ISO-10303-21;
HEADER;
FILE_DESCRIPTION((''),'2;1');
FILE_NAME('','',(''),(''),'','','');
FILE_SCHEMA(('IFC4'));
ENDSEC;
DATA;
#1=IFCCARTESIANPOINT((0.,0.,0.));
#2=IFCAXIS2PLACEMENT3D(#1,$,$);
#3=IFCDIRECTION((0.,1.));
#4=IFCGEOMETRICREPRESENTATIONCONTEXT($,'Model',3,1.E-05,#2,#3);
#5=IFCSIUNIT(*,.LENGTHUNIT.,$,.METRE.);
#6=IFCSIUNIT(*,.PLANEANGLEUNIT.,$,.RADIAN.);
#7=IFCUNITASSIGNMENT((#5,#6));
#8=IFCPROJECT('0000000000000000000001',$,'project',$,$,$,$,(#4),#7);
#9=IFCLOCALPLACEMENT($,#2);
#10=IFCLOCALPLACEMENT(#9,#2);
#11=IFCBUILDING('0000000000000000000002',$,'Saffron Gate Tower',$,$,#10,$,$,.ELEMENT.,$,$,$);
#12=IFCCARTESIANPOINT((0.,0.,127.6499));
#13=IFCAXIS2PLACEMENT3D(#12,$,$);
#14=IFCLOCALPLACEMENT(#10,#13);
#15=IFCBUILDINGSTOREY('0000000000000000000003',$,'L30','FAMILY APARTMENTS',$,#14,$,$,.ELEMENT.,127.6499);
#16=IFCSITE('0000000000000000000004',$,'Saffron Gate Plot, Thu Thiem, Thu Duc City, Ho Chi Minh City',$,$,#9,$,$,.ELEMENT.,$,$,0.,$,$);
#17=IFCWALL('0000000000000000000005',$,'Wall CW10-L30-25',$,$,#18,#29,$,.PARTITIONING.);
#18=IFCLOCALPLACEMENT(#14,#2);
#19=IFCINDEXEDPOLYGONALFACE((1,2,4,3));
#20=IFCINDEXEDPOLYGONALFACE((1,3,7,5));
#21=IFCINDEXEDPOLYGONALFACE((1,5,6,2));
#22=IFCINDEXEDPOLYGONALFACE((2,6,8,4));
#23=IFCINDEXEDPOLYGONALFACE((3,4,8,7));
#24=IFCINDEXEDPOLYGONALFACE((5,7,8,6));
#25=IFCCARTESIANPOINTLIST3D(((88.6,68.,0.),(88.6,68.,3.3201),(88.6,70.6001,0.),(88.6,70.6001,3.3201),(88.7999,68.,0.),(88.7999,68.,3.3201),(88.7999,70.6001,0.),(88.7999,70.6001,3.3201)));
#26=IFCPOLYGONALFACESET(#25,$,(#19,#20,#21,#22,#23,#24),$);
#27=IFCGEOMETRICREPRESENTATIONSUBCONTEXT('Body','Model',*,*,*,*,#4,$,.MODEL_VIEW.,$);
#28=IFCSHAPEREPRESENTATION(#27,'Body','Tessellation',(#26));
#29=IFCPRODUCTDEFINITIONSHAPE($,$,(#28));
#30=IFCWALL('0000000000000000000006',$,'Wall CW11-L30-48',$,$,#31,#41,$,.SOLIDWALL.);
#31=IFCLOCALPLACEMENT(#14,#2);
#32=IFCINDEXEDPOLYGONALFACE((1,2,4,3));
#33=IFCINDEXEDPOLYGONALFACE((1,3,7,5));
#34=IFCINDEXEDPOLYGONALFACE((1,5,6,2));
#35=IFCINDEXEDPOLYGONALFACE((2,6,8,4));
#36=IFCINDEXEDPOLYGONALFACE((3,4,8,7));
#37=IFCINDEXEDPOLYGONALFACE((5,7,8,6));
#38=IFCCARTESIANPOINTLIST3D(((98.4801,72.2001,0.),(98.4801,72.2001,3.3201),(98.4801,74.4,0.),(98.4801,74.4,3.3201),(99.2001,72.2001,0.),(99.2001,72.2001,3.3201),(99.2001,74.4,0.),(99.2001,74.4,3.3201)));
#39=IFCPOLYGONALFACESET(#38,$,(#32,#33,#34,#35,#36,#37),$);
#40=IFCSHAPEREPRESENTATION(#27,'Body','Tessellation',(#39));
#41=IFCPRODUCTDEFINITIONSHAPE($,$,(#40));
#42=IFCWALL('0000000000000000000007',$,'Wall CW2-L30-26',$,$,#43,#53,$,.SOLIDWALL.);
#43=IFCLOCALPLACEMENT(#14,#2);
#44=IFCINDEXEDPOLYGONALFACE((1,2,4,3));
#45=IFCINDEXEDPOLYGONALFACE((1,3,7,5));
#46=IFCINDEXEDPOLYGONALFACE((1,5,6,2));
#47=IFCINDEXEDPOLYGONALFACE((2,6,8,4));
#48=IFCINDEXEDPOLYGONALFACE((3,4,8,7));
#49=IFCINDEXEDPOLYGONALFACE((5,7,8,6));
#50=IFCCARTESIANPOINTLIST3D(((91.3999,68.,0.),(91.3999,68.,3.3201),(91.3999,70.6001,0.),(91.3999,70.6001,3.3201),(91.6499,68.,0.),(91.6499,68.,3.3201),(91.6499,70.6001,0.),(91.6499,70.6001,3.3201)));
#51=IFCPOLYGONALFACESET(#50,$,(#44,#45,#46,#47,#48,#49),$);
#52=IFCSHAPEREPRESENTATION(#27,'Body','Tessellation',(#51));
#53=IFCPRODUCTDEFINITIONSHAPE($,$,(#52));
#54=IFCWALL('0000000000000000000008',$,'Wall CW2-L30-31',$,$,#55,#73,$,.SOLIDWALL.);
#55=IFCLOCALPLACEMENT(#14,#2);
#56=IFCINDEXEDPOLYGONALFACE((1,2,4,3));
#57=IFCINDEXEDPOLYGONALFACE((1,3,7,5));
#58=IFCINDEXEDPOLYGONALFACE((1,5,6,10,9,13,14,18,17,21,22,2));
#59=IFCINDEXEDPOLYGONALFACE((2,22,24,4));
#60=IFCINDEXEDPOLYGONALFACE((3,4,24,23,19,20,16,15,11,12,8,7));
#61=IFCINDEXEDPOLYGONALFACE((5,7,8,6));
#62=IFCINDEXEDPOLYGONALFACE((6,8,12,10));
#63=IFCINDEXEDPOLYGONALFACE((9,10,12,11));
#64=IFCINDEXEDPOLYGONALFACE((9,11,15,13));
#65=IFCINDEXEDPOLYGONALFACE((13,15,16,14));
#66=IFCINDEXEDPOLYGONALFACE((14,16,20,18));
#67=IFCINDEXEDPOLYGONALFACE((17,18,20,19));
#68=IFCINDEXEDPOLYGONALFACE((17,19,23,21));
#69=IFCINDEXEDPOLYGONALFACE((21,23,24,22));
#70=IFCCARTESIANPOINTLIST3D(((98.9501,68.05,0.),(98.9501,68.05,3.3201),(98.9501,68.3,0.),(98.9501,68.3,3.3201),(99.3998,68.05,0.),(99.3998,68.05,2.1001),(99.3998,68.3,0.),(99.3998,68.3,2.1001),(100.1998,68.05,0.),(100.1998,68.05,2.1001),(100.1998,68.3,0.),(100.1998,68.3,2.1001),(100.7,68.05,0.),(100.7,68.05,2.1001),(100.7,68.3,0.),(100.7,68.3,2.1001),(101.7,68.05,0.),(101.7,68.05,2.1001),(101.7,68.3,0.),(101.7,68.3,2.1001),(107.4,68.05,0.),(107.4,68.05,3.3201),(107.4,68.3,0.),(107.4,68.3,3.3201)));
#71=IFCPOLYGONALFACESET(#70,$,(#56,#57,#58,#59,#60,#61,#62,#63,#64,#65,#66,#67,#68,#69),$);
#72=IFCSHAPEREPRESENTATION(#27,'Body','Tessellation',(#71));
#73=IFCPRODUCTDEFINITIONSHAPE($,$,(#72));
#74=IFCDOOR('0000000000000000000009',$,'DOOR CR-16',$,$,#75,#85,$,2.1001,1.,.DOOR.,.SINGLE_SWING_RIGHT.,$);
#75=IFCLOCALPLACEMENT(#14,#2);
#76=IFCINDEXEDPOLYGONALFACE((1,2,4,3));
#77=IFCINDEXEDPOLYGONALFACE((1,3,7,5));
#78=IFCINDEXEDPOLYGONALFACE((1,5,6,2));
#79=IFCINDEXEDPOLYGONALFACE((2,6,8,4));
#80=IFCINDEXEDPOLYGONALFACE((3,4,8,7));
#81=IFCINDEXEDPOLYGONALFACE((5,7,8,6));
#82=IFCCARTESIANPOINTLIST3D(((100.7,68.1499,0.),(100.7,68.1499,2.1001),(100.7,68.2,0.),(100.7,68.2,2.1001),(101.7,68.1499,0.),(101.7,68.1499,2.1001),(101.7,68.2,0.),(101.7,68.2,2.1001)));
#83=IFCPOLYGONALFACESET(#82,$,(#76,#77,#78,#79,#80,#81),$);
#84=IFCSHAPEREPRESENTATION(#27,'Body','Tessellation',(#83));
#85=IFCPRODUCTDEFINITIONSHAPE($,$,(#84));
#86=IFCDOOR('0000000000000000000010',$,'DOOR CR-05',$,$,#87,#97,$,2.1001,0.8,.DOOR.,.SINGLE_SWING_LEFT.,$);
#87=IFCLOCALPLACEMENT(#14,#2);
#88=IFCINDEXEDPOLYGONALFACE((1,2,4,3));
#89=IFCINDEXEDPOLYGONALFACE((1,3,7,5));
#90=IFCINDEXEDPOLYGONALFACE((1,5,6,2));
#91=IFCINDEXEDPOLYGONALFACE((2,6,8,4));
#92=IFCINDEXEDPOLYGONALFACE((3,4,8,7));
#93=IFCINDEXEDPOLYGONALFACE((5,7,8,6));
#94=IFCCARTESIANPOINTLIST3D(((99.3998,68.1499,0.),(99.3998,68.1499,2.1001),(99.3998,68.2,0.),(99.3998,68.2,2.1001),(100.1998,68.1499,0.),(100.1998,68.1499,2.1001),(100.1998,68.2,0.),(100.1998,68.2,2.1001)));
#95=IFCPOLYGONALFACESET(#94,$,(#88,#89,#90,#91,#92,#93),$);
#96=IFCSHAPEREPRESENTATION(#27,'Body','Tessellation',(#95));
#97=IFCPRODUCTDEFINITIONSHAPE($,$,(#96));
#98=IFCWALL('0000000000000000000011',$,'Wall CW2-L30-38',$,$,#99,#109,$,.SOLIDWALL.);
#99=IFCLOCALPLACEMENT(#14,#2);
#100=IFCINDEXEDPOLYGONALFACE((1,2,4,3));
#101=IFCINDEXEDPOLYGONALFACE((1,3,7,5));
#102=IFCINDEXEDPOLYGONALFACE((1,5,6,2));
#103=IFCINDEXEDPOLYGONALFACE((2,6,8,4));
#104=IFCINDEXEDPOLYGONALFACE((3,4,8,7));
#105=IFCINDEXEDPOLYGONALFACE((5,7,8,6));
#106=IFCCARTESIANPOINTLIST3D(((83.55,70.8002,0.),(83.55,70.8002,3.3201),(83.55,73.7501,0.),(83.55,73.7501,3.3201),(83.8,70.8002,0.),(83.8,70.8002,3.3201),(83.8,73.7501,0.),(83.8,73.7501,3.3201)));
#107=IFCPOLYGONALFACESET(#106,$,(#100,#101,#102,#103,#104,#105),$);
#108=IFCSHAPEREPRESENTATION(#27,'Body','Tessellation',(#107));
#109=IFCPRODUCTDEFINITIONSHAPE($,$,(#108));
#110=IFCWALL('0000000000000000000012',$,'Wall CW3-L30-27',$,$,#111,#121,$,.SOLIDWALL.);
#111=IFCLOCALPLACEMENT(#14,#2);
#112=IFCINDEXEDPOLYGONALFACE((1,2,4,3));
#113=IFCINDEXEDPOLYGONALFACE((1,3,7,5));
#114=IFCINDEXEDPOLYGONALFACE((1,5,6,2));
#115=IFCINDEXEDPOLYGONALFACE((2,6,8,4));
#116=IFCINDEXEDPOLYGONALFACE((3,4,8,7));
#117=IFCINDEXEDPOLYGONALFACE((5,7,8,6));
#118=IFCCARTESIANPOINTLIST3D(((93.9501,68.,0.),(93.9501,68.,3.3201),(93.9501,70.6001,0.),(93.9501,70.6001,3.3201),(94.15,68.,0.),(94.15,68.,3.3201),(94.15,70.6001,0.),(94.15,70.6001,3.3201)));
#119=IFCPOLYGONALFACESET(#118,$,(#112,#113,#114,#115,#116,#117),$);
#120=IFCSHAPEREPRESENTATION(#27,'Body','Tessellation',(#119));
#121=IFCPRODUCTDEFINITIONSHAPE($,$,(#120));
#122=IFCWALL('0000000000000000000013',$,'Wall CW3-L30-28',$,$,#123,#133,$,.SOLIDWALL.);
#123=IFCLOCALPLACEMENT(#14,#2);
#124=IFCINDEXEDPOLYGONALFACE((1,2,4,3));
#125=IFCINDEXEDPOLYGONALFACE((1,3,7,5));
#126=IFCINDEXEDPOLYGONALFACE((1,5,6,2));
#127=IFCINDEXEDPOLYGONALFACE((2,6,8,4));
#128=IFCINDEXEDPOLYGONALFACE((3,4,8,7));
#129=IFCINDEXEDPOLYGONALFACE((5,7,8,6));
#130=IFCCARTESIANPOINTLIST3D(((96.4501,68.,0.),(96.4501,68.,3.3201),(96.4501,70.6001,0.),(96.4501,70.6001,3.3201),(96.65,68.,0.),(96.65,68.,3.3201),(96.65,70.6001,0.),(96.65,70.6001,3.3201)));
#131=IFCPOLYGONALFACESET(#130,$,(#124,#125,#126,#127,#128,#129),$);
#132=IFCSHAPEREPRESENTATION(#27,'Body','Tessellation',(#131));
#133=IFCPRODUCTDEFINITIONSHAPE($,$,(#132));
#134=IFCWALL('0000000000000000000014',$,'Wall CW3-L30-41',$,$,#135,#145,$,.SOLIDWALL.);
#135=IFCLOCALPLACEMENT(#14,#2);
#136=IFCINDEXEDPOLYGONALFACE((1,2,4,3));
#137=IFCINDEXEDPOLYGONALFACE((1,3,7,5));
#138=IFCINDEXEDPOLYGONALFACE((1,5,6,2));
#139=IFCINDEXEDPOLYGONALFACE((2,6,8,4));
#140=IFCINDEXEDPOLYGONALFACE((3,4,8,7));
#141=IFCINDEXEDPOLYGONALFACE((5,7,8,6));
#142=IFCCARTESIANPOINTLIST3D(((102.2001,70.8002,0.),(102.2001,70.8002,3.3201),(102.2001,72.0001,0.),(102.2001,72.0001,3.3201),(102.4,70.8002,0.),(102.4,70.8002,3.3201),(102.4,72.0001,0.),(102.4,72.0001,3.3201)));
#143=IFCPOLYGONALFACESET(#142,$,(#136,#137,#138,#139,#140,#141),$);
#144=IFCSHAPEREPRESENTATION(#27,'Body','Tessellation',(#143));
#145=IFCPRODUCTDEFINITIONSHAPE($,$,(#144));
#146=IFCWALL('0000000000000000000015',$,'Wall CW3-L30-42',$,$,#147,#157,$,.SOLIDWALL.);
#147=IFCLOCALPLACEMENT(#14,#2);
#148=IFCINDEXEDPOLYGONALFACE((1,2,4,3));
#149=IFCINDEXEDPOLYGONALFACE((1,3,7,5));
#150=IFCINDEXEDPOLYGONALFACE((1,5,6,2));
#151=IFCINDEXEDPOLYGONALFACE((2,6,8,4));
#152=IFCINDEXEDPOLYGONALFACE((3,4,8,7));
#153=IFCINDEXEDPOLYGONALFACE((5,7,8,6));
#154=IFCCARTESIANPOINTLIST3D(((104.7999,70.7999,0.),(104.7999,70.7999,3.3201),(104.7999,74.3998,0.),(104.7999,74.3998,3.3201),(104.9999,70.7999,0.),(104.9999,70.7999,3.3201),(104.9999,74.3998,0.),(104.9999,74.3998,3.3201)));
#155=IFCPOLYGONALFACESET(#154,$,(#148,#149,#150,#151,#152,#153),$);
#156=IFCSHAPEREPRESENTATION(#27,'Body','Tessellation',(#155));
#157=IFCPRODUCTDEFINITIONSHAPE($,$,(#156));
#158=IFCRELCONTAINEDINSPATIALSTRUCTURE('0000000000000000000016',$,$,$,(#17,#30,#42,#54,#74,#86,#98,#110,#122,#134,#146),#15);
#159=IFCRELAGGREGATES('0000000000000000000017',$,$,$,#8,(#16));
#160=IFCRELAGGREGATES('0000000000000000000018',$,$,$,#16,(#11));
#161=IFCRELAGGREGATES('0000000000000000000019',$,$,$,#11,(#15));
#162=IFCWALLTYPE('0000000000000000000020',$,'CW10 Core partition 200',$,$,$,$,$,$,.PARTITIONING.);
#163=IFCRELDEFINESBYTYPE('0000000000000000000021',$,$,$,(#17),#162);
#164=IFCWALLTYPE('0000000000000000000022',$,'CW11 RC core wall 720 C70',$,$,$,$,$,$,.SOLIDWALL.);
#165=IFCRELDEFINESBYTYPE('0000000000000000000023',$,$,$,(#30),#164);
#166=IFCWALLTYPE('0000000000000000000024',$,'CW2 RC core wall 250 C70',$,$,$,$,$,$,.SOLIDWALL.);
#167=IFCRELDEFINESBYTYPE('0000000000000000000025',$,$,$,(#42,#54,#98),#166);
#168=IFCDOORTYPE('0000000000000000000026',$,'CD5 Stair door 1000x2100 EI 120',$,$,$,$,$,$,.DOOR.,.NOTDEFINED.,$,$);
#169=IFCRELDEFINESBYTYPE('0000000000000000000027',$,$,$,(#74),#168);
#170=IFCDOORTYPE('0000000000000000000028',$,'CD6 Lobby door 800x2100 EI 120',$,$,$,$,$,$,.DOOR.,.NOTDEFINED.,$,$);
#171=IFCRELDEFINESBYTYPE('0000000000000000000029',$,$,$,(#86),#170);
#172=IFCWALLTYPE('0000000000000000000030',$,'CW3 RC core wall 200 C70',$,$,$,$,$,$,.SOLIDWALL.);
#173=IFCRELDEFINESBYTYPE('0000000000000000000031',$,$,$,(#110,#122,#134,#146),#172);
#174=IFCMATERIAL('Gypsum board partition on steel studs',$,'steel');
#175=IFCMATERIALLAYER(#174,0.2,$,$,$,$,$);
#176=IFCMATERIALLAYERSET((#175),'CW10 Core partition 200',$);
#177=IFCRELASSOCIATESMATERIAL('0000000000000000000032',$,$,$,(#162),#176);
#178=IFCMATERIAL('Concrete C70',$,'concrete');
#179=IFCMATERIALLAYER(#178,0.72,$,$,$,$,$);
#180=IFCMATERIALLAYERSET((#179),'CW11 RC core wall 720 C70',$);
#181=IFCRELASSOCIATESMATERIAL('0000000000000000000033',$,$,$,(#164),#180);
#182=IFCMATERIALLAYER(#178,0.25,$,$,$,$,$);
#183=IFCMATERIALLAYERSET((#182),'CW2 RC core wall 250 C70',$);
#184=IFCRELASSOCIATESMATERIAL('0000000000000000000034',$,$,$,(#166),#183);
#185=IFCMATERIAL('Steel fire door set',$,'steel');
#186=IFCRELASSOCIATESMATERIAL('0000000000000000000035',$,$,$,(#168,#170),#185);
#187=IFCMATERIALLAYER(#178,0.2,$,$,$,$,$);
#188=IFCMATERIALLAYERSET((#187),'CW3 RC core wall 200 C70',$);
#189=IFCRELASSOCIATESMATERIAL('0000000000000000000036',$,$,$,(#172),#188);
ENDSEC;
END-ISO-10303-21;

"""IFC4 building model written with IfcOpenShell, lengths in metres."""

from ifc_helpers import new_model, si_unit, direction, frame, frame_2d, origin, place, context, subcontext, project, spatial, rectangle, extrude, material, layer, layer_set, type_object, element, fill, save


model = new_model("IFC4")

# Units and contexts
model_context = context("Model", 3, precision=1e-05, world=origin(), true_north=direction((0.0, 1.0)))
body_context = subcontext(model_context, "Body", "Model", "MODEL_VIEW")
ifc_project = project(units=[si_unit("LENGTHUNIT", "METRE"), si_unit("PLANEANGLEUNIT", "RADIAN")], contexts=[model_context])

# Site, building, storey
site_placement = place(None, origin())
site = spatial("IfcSite", under=ifc_project, at=site_placement, Name="Saffron Gate Plot, Thu Thiem, Thu Duc City, Ho Chi Minh City", CompositionType="ELEMENT", RefElevation=0.0)
building_placement = place(site_placement, origin())
building = spatial("IfcBuilding", under=site, at=building_placement, Name="Saffron Gate Tower", CompositionType="ELEMENT")
storey_placement = place(building_placement, frame((0.0, 0.0, 127.6499)))
storey = spatial("IfcBuildingStorey", under=building, at=storey_placement, Name="L30", Description="FAMILY APARTMENTS", CompositionType="ELEMENT", Elevation=127.6499)

# Walls
ifc_material_1 = material(Name="Gypsum board partition on steel studs", Category="steel")
ifc_layer_1 = layer(ifc_material_1, 0.2)
ifc_layer_set_1 = layer_set([ifc_layer_1], Name="CW10 Core partition 200")
wall_type_1 = type_object("IfcWallType", Name="CW10 Core partition 200", PredefinedType="PARTITIONING", material=ifc_layer_set_1)
wall_1_placement = place(storey_placement, frame((88.7, 68.0, 0.0), z_axis=(0.0, 0.0, 1.0), x_axis=(0.0, 1.0, 0.0)))
element("IfcWall", 1, at=wall_1_placement, inside=storey, type_object=wall_type_1, Name="Wall CW10-L30-25", PredefinedType="PARTITIONING", context=body_context, shape_type="SweptSolid", body=[
    extrude(rectangle(XDim=2.6001, YDim=0.2, at=frame_2d((1.3, 0.0))), origin(), (0.0, 0.0, 1.0), 3.3201),
])
ifc_material_2 = material(Name="Concrete C70", Category="concrete")
ifc_layer_2 = layer(ifc_material_2, 0.72)
ifc_layer_set_2 = layer_set([ifc_layer_2], Name="CW11 RC core wall 720 C70")
wall_type_2 = type_object("IfcWallType", Name="CW11 RC core wall 720 C70", PredefinedType="SOLIDWALL", material=ifc_layer_set_2)
wall_2_placement = place(storey_placement, frame((98.8401, 72.2, 0.0), z_axis=(0.0, 0.0, 1.0), x_axis=(0.0, 1.0, 0.0)))
element("IfcWall", 2, at=wall_2_placement, inside=storey, type_object=wall_type_2, Name="Wall CW11-L30-48", PredefinedType="SOLIDWALL", context=body_context, shape_type="SweptSolid", body=[
    extrude(rectangle(XDim=2.2, YDim=0.72, at=frame_2d((1.1001, 0.0))), origin(), (0.0, 0.0, 1.0), 3.3201),
])
ifc_layer_3 = layer(ifc_material_2, 0.25)
ifc_layer_set_3 = layer_set([ifc_layer_3], Name="CW2 RC core wall 250 C70")
wall_type_3 = type_object("IfcWallType", Name="CW2 RC core wall 250 C70", PredefinedType="SOLIDWALL", material=ifc_layer_set_3)
wall_3_placement = place(storey_placement, frame((91.5249, 68.0, 0.0), z_axis=(0.0, 0.0, 1.0), x_axis=(0.0, 1.0, 0.0)))
element("IfcWall", 3, at=wall_3_placement, inside=storey, type_object=wall_type_3, Name="Wall CW2-L30-26", PredefinedType="SOLIDWALL", context=body_context, shape_type="SweptSolid", body=[
    extrude(rectangle(XDim=2.6001, YDim=0.25, at=frame_2d((1.3, 0.0))), origin(), (0.0, 0.0, 1.0), 3.3201),
])

# Wall, openings, doors
wall_4_placement = place(storey_placement, frame((98.95, 68.175, 0.0), z_axis=(0.0, 0.0, 1.0), x_axis=(1.0, 0.0, 0.0)))
wall_4 = element("IfcWall", 4, at=wall_4_placement, inside=storey, type_object=wall_type_3, Name="Wall CW2-L30-31", PredefinedType="SOLIDWALL", context=body_context, shape_type="SweptSolid", body=[
    extrude(rectangle(XDim=8.45, YDim=0.25, at=frame_2d((4.2251, 0.0))), origin(), (0.0, 0.0, 1.0), 3.3201),
])
opening_1_placement = place(wall_4_placement, frame((0.45, 0.0, 0.0)))
opening_1 = element("IfcOpeningElement", 5, at=opening_1_placement, cuts=wall_4, PredefinedType="OPENING", context=body_context, shape_type="SweptSolid", body=[
    extrude(rectangle(XDim=0.8, YDim=2.1001, at=frame_2d((0.3999, 1.05))), frame((0.0, 0.135, 0.0), z_axis=(0.0, -1.0, 0.0), x_axis=(1.0, 0.0, 0.0)), (0.0, 0.0, 1.0), 0.27),
])
opening_2_placement = place(wall_4_placement, frame((1.75, 0.0, 0.0)))
opening_2 = element("IfcOpeningElement", 6, at=opening_2_placement, cuts=wall_4, PredefinedType="OPENING", context=body_context, shape_type="SweptSolid", body=[
    extrude(rectangle(XDim=1.0, YDim=2.1001, at=frame_2d((0.5, 1.05))), frame((0.0, 0.135, 0.0), z_axis=(0.0, -1.0, 0.0), x_axis=(1.0, 0.0, 0.0)), (0.0, 0.0, 1.0), 0.27),
])
ifc_material_3 = material(Name="Steel fire door set", Category="steel")
door_type_1 = type_object("IfcDoorType", Name="CD5 Stair door 1000x2100 EI 120", OperationType="NOTDEFINED", PredefinedType="DOOR", material=ifc_material_3)
door_1_placement = place(opening_2_placement, origin())
door_1 = element("IfcDoor", 7, at=door_1_placement, inside=storey, type_object=door_type_1, Name="DOOR CR-16", OperationType="SINGLE_SWING_RIGHT", OverallHeight=2.1001, OverallWidth=1.0, PredefinedType="DOOR", context=body_context, shape_type="SweptSolid", body=[
    extrude(rectangle(XDim=1.0, YDim=2.1001, at=frame_2d((0.5, 1.05))), frame((0.0, 0.0249, 0.0), z_axis=(0.0, -1.0, 0.0), x_axis=(1.0, 0.0, 0.0)), (0.0, 0.0, 1.0), 0.05),
])
fill(opening_2, door_1)
door_type_2 = type_object("IfcDoorType", Name="CD6 Lobby door 800x2100 EI 120", OperationType="NOTDEFINED", PredefinedType="DOOR", material=ifc_material_3)
door_2_placement = place(opening_1_placement, origin())
door_2 = element("IfcDoor", 8, at=door_2_placement, inside=storey, type_object=door_type_2, Name="DOOR CR-05", OperationType="SINGLE_SWING_LEFT", OverallHeight=2.1001, OverallWidth=0.8, PredefinedType="DOOR", context=body_context, shape_type="SweptSolid", body=[
    extrude(rectangle(XDim=0.8, YDim=2.1001, at=frame_2d((0.3999, 1.05))), frame((0.0, 0.0249, 0.0), z_axis=(0.0, -1.0, 0.0), x_axis=(1.0, 0.0, 0.0)), (0.0, 0.0, 1.0), 0.05),
])
fill(opening_1, door_2)

# Walls
wall_5_placement = place(storey_placement, frame((83.675, 70.8, 0.0), z_axis=(0.0, 0.0, 1.0), x_axis=(0.0, 1.0, 0.0)))
element("IfcWall", 9, at=wall_5_placement, inside=storey, type_object=wall_type_3, Name="Wall CW2-L30-38", PredefinedType="SOLIDWALL", context=body_context, shape_type="SweptSolid", body=[
    extrude(rectangle(XDim=2.95, YDim=0.25, at=frame_2d((1.4751, 0.0))), origin(), (0.0, 0.0, 1.0), 3.3201),
])
ifc_layer_4 = layer(ifc_material_2, 0.2)
ifc_layer_set_4 = layer_set([ifc_layer_4], Name="CW3 RC core wall 200 C70")
wall_type_4 = type_object("IfcWallType", Name="CW3 RC core wall 200 C70", PredefinedType="SOLIDWALL", material=ifc_layer_set_4)
for number, where, z_axis, x_axis, name in (
    (10, (94.05, 68.0, 0.0), (0.0, 0.0, 1.0), (0.0, 1.0, 0.0), "Wall CW3-L30-27"),
    (11, (96.55, 68.0, 0.0), (0.0, 0.0, 1.0), (0.0, 1.0, 0.0), "Wall CW3-L30-28"),
):
    element("IfcWall", number, at=place(storey_placement, frame(where, z_axis=z_axis, x_axis=x_axis)), inside=storey, type_object=wall_type_4, Name=name, PredefinedType="SOLIDWALL", context=body_context, shape_type="SweptSolid", body=[
        extrude(rectangle(XDim=2.6001, YDim=0.2, at=frame_2d((1.3, 0.0))), origin(), (0.0, 0.0, 1.0), 3.3201),
    ])
wall_6_placement = place(storey_placement, frame((102.3, 70.8, 0.0), z_axis=(0.0, 0.0, 1.0), x_axis=(0.0, 1.0, 0.0)))
element("IfcWall", 12, at=wall_6_placement, inside=storey, type_object=wall_type_4, Name="Wall CW3-L30-41", PredefinedType="SOLIDWALL", context=body_context, shape_type="SweptSolid", body=[
    extrude(rectangle(XDim=1.2, YDim=0.2, at=frame_2d((0.6001, 0.0))), origin(), (0.0, 0.0, 1.0), 3.3201),
])
wall_7_placement = place(storey_placement, frame((104.8999, 70.8, 0.0), z_axis=(0.0, 0.0, 1.0), x_axis=(0.0, 1.0, 0.0)))
element("IfcWall", 13, at=wall_7_placement, inside=storey, type_object=wall_type_4, Name="Wall CW3-L30-42", PredefinedType="SOLIDWALL", context=body_context, shape_type="SweptSolid", body=[
    extrude(rectangle(XDim=3.5999, YDim=0.2, at=frame_2d((1.7998, 0.0))), origin(), (0.0, 0.0, 1.0), 3.3201),
])

save(model, "model.ifc")
